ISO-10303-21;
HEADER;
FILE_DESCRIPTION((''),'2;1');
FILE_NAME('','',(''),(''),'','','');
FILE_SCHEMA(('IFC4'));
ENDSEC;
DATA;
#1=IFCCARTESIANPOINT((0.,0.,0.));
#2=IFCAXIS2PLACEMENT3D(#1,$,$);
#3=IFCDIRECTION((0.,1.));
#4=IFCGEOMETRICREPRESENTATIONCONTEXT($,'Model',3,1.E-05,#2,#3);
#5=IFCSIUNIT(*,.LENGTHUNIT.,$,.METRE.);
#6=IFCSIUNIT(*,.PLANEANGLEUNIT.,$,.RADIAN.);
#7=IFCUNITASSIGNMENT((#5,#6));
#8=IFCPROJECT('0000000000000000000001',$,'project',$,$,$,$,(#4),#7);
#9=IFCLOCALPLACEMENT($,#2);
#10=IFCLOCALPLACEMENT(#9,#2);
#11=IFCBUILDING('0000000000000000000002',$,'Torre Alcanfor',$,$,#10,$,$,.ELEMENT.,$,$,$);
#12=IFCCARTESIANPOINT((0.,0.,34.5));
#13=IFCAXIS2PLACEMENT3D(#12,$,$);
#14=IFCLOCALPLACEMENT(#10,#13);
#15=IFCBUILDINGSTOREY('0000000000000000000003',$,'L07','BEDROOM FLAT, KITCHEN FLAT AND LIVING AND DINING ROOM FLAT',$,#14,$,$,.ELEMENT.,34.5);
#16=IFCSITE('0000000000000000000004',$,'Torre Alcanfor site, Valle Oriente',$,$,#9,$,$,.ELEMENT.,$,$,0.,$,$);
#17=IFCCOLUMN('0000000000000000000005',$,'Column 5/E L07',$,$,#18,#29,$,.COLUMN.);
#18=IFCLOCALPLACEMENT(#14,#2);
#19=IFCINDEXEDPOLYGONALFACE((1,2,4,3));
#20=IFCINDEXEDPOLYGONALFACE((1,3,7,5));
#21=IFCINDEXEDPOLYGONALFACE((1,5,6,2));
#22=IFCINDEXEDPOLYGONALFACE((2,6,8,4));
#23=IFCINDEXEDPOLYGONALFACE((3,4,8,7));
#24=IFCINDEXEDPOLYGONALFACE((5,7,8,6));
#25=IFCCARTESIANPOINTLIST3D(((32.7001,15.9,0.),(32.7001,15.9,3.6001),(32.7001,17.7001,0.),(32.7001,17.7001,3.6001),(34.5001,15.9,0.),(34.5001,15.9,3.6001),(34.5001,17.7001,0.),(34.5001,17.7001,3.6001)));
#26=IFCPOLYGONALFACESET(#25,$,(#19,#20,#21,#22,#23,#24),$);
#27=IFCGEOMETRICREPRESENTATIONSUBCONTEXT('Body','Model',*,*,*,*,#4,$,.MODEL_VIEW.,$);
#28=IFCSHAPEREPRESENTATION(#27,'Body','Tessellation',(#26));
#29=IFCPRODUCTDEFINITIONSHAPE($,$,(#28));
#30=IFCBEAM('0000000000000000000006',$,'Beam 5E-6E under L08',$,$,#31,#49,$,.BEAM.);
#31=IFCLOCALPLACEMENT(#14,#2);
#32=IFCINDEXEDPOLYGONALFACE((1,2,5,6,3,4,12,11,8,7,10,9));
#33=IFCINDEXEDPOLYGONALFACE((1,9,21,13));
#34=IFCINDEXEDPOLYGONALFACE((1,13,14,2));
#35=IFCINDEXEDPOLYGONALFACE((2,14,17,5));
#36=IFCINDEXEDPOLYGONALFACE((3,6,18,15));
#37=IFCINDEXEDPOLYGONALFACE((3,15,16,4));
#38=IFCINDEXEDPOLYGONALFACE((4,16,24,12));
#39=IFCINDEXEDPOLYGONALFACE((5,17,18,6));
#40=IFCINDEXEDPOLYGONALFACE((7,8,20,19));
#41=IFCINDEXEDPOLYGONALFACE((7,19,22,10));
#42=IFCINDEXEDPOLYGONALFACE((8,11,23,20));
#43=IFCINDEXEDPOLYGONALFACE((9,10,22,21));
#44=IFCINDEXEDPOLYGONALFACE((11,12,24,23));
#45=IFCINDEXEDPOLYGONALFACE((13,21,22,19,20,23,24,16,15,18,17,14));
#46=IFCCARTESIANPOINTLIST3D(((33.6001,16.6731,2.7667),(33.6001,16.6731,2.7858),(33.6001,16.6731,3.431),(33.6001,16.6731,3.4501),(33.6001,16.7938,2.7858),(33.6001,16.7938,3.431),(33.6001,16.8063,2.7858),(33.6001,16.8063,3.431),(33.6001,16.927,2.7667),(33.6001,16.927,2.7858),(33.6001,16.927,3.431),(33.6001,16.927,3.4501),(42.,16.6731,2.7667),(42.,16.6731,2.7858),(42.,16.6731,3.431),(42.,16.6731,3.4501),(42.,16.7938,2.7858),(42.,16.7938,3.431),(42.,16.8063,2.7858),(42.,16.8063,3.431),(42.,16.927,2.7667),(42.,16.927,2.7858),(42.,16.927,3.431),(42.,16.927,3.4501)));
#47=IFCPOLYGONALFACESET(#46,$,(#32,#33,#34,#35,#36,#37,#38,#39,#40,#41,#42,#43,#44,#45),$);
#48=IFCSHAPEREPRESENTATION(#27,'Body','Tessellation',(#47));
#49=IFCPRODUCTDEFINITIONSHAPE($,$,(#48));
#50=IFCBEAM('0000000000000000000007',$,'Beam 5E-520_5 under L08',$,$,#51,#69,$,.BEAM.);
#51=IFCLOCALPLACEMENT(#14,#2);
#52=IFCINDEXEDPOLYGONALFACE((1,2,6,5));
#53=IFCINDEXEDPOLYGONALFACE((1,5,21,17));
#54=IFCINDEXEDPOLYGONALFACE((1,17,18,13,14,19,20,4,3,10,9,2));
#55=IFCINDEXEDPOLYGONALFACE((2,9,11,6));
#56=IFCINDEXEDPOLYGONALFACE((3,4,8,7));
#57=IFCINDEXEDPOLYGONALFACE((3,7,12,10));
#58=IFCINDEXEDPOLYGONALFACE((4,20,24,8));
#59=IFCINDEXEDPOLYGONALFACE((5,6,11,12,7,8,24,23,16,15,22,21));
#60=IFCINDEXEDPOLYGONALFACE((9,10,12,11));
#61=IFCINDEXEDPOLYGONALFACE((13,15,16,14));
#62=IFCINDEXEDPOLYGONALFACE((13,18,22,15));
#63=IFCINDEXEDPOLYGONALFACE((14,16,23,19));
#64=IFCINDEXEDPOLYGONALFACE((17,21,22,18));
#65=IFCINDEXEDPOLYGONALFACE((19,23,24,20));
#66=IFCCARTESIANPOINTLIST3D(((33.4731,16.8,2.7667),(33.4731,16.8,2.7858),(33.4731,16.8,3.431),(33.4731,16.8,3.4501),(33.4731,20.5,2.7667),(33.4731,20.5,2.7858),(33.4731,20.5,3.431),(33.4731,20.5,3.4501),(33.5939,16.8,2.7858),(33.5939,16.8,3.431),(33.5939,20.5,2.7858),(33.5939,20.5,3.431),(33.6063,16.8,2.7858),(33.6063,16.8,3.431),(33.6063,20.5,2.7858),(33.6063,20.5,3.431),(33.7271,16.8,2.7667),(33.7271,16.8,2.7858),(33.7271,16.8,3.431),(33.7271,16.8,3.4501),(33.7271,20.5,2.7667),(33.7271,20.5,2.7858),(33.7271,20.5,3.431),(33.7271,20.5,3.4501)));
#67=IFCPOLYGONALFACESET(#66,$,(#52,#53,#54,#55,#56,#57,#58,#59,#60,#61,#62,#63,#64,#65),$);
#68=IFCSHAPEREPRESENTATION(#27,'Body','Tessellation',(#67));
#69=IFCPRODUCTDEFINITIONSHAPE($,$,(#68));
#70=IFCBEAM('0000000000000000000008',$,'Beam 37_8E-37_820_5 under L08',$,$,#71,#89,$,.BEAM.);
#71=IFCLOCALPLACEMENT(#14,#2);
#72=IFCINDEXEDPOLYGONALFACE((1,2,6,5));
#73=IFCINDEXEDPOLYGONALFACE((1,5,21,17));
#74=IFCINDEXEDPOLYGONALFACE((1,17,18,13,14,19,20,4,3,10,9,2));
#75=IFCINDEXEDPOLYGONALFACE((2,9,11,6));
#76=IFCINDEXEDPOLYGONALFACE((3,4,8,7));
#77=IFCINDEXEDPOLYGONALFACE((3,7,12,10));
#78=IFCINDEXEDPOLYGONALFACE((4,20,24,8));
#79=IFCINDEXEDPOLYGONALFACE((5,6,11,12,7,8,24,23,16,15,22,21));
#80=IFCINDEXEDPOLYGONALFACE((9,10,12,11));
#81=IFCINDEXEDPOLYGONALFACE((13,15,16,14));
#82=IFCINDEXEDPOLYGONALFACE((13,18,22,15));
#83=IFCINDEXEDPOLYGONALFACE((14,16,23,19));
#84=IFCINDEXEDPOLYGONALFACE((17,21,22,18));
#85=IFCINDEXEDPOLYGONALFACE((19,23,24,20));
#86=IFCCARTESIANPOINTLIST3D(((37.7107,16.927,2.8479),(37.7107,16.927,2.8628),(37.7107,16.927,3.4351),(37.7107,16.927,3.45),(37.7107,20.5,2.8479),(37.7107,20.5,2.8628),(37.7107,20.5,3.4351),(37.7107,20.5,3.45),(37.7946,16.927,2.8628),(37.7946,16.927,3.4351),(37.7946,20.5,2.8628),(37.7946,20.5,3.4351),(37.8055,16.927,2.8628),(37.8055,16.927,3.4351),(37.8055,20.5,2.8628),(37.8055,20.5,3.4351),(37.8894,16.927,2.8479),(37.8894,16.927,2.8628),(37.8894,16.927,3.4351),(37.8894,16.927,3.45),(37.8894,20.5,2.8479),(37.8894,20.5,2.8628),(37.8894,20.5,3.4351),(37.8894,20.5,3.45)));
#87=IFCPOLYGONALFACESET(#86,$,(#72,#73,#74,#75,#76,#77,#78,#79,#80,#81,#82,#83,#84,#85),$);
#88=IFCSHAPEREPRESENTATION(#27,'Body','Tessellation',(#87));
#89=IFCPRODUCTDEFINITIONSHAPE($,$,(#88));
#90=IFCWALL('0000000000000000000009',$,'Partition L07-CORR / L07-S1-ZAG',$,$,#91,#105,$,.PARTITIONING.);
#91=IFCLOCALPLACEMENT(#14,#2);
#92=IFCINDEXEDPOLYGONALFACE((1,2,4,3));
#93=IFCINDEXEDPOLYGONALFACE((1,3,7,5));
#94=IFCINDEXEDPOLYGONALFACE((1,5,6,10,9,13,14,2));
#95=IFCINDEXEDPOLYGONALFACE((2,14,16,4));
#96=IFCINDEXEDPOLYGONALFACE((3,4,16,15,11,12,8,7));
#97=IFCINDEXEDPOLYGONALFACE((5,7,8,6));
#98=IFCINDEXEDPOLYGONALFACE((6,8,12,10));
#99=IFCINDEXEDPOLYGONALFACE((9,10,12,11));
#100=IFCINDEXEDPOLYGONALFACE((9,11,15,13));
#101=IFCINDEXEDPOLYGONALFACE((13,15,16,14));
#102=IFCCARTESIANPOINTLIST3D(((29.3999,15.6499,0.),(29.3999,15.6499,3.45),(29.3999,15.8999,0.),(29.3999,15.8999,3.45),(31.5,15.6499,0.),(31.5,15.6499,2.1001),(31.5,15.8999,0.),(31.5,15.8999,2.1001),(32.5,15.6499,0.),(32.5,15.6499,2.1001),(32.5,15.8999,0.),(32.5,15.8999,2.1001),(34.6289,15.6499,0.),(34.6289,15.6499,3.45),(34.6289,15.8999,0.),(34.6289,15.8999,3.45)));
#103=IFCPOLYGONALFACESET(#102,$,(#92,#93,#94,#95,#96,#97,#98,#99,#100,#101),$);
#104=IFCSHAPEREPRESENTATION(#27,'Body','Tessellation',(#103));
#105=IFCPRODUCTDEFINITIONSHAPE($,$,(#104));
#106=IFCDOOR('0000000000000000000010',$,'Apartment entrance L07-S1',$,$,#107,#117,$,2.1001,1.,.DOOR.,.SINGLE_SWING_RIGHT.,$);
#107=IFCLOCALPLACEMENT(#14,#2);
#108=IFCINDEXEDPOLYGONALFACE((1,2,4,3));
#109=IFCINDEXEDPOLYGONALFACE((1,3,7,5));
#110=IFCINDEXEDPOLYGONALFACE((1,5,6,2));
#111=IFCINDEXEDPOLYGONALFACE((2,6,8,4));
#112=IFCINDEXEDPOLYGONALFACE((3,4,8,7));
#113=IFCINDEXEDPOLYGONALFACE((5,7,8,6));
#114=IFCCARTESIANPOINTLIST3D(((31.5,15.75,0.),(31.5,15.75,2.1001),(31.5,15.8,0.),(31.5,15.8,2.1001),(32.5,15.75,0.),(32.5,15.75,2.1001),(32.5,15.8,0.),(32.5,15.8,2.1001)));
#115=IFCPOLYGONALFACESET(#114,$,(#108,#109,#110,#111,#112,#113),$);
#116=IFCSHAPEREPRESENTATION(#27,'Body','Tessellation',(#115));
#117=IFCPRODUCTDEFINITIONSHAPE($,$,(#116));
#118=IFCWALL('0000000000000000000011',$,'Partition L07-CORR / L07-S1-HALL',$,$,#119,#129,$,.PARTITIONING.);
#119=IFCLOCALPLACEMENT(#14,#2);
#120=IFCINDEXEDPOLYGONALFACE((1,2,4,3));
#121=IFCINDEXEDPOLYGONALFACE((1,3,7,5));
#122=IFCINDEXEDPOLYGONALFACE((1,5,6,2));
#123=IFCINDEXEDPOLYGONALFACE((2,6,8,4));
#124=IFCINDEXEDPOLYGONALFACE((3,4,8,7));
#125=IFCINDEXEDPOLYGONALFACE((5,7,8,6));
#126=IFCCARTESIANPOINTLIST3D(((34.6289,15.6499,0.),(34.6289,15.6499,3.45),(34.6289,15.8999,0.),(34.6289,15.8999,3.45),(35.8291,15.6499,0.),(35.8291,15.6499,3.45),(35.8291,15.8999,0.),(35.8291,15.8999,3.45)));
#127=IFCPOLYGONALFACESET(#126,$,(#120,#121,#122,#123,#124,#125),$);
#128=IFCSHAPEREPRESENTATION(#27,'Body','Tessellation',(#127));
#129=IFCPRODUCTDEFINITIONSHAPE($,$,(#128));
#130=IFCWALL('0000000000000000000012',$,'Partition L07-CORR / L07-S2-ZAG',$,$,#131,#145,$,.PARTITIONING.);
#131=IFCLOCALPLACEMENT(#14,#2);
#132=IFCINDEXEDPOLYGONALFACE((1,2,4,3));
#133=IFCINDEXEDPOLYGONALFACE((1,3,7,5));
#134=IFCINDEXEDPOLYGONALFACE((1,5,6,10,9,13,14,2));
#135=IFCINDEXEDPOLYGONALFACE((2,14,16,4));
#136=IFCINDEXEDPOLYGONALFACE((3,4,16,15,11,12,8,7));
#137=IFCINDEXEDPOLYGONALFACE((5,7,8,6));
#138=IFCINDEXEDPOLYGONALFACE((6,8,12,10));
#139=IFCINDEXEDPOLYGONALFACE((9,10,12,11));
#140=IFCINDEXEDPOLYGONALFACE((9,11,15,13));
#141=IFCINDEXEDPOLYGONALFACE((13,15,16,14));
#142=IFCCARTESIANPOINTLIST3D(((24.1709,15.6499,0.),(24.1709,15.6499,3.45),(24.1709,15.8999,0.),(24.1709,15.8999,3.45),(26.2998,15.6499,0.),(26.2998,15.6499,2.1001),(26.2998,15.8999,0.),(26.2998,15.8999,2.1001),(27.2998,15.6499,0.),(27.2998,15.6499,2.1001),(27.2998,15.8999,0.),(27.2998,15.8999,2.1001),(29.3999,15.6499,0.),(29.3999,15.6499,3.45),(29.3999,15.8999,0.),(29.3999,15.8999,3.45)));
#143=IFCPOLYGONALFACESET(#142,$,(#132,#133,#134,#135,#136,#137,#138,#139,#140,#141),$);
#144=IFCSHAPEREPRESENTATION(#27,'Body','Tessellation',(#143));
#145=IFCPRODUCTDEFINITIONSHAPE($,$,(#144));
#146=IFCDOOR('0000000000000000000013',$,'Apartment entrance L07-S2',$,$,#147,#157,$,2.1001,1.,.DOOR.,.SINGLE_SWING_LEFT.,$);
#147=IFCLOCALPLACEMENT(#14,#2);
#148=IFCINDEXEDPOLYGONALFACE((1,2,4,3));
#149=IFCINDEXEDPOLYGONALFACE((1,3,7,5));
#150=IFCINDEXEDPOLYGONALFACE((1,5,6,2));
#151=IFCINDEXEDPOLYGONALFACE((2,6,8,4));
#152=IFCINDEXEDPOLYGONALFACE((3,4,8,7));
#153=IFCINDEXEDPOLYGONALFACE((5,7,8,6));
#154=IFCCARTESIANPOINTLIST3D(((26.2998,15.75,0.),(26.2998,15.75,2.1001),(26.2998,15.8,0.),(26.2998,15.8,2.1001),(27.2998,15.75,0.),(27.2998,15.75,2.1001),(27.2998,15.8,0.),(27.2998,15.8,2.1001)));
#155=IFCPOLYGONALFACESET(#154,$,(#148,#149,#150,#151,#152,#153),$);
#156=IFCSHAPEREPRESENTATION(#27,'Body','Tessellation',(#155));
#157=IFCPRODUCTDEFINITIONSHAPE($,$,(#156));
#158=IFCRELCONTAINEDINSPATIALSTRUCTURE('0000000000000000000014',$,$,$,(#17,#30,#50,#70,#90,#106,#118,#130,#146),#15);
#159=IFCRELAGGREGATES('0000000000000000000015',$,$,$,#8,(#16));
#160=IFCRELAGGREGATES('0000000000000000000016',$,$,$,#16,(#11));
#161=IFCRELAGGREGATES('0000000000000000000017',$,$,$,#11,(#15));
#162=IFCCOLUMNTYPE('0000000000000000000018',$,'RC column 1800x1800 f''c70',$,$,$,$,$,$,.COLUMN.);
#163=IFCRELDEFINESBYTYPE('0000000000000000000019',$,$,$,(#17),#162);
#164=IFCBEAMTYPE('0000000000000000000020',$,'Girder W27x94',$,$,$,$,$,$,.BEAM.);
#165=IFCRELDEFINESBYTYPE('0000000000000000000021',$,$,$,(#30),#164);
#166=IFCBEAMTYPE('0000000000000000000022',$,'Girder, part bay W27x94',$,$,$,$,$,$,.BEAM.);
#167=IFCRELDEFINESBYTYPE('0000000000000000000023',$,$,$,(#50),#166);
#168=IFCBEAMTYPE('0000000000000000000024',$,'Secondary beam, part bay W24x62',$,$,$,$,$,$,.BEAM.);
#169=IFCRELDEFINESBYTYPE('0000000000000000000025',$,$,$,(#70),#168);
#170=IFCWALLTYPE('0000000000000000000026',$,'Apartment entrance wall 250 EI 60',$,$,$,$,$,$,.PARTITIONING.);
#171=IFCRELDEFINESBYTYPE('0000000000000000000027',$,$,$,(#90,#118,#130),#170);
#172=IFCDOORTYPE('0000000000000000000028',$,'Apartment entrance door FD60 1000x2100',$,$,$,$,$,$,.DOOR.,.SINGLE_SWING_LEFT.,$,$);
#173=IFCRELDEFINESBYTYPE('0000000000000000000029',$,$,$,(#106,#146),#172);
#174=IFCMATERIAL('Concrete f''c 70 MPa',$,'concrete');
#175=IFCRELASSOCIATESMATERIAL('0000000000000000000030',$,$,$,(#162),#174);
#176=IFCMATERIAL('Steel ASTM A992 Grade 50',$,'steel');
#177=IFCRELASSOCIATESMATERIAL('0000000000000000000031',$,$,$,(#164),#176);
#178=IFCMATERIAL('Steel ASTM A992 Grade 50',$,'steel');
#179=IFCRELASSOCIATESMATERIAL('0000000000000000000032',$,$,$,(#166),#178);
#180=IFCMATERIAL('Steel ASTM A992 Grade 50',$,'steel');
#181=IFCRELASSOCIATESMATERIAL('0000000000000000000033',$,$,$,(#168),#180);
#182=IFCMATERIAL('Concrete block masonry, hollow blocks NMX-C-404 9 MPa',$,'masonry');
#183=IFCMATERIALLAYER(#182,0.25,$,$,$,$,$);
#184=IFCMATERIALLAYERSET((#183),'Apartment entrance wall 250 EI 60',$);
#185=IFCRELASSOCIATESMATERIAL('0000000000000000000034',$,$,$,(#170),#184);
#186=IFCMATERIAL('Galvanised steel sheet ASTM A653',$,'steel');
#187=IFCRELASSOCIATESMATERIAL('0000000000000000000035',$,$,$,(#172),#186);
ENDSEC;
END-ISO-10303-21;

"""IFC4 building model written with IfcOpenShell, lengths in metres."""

from ifc_helpers import new_model, si_unit, direction, frame, frame_2d, origin, origin_2d, place, context, subcontext, project, spatial, rectangle, i_section, extrude, material, layer, layer_set, material_profile, profile_set, type_object, element, fill, save


model = new_model("IFC4")

# Units and contexts
model_context = context("Model", 3, precision=1e-05, world=origin(), true_north=direction((0.0, 1.0)))
body_context = subcontext(model_context, "Body", "Model", "MODEL_VIEW")
ifc_project = project(units=[si_unit("LENGTHUNIT", "METRE"), si_unit("PLANEANGLEUNIT", "RADIAN")], contexts=[model_context])

# Site, building, storey
site_placement = place(None, origin())
site = spatial("IfcSite", under=ifc_project, at=site_placement, Name="Torre Alcanfor site, Valle Oriente", CompositionType="ELEMENT", RefElevation=0.0)
building_placement = place(site_placement, origin())
building = spatial("IfcBuilding", under=site, at=building_placement, Name="Torre Alcanfor", CompositionType="ELEMENT")
storey_placement = place(building_placement, frame((0.0, 0.0, 34.5)))
storey = spatial("IfcBuildingStorey", under=building, at=storey_placement, Name="L07", Description="BEDROOM FLAT, KITCHEN FLAT AND LIVING AND DINING ROOM FLAT", CompositionType="ELEMENT", Elevation=34.5)

# Column
ifc_material_1 = material(Name="Concrete f'c 70 MPa", Category="concrete")
ifc_material_profile_1 = material_profile(ifc_material_1, rectangle(XDim=1.8, YDim=1.8, at=origin_2d()), Name="1800x1800")
ifc_profile_set_1 = profile_set([ifc_material_profile_1], Name="Concrete f'c 70 MPa")
column_type = type_object("IfcColumnType", Name="RC column 1800x1800 f'c70", PredefinedType="COLUMN", material=ifc_profile_set_1)
column_placement = place(storey_placement, frame((33.6001, 16.8, 0.0), z_axis=(0.0, 0.0, 1.0), x_axis=(1.0, 0.0, 0.0)))
element("IfcColumn", 1, at=column_placement, inside=storey, type_object=column_type, Name="Column 5/E L07", PredefinedType="COLUMN", context=body_context, shape_type="SweptSolid", body=[
    extrude(rectangle(XDim=1.8, YDim=1.8, at=origin_2d()), origin(), (0.0, 0.0, 1.0), 3.6001),
])

# Beams
ifc_material_2 = material(Name="Steel ASTM A992 Grade 50", Category="steel")
ifc_material_profile_2 = material_profile(ifc_material_2, i_section(OverallWidth=0.2539, OverallDepth=0.6833, WebThickness=0.0125, FlangeThickness=0.019, at=origin_2d()), Name="W27x94")
ifc_profile_set_2 = profile_set([ifc_material_profile_2], Name="Steel ASTM A992 Grade 50")
beam_type_1 = type_object("IfcBeamType", Name="Girder W27x94", PredefinedType="BEAM", material=ifc_profile_set_2)
beam_1_placement = place(storey_placement, frame((33.6001, 16.8, 3.1084), z_axis=(1.0, 0.0, 0.0), x_axis=(0.0, 1.0, 0.0)))
element("IfcBeam", 2, at=beam_1_placement, inside=storey, type_object=beam_type_1, Name="Beam 5E-6E under L08", PredefinedType="BEAM", context=body_context, shape_type="SweptSolid", body=[
    extrude(i_section(OverallWidth=0.2539, OverallDepth=0.6833, WebThickness=0.0125, FlangeThickness=0.019, at=origin_2d()), origin(), (0.0, 0.0, 1.0), 8.3999),
])
ifc_material_3 = material(Name="Steel ASTM A992 Grade 50", Category="steel")
ifc_material_profile_3 = material_profile(ifc_material_3, i_section(OverallWidth=0.2539, OverallDepth=0.6833, WebThickness=0.0125, FlangeThickness=0.019, at=origin_2d()), Name="W27x94")
ifc_profile_set_3 = profile_set([ifc_material_profile_3], Name="Steel ASTM A992 Grade 50")
beam_type_2 = type_object("IfcBeamType", Name="Girder, part bay W27x94", PredefinedType="BEAM", material=ifc_profile_set_3)
beam_2_placement = place(storey_placement, frame((33.6001, 16.8, 3.1084), z_axis=(0.0, 1.0, 0.0), x_axis=(-1.0, 0.0, 0.0)))
element("IfcBeam", 3, at=beam_2_placement, inside=storey, type_object=beam_type_2, Name="Beam 5E-520_5 under L08", PredefinedType="BEAM", context=body_context, shape_type="SweptSolid", body=[
    extrude(i_section(OverallWidth=0.2539, OverallDepth=0.6833, WebThickness=0.0125, FlangeThickness=0.019, at=origin_2d()), origin(), (0.0, 0.0, 1.0), 3.7),
])
ifc_material_4 = material(Name="Steel ASTM A992 Grade 50", Category="steel")
ifc_material_profile_4 = material_profile(ifc_material_4, i_section(OverallWidth=0.1787, OverallDepth=0.6021, WebThickness=0.011, FlangeThickness=0.0149, at=origin_2d()), Name="W24x62")
ifc_profile_set_4 = profile_set([ifc_material_profile_4], Name="Steel ASTM A992 Grade 50")
beam_type_3 = type_object("IfcBeamType", Name="Secondary beam, part bay W24x62", PredefinedType="BEAM", material=ifc_profile_set_4)
beam_3_placement = place(storey_placement, frame((37.8, 16.927, 3.1489), z_axis=(0.0, 1.0, 0.0), x_axis=(-1.0, 0.0, 0.0)))
element("IfcBeam", 4, at=beam_3_placement, inside=storey, type_object=beam_type_3, Name="Beam 37_8E-37_820_5 under L08", PredefinedType="BEAM", context=body_context, shape_type="SweptSolid", body=[
    extrude(i_section(OverallWidth=0.1787, OverallDepth=0.6021, WebThickness=0.011, FlangeThickness=0.0149, at=origin_2d()), origin(), (0.0, 0.0, 1.0), 3.573),
])

# Wall, opening, door
ifc_material_5 = material(Name="Concrete block masonry, hollow blocks NMX-C-404 9 MPa", Category="masonry")
ifc_layer_1 = layer(ifc_material_5, 0.25)
ifc_layer_set_1 = layer_set([ifc_layer_1], Name="Apartment entrance wall 250 EI 60")
wall_type_1 = type_object("IfcWallType", Name="Apartment entrance wall 250 EI 60", PredefinedType="PARTITIONING", material=ifc_layer_set_1)
wall_1_placement = place(storey_placement, frame((34.6289, 15.7749, 0.0), z_axis=(0.0, 0.0, 1.0), x_axis=(-1.0, 0.0, 0.0)))
wall_1 = element("IfcWall", 5, at=wall_1_placement, inside=storey, type_object=wall_type_1, Name="Partition L07-CORR / L07-S1-ZAG", PredefinedType="PARTITIONING", context=body_context, shape_type="SweptSolid", body=[
    extrude(rectangle(XDim=5.229, YDim=0.25, at=frame_2d((2.6145, 0.0))), origin(), (0.0, 0.0, 1.0), 3.45),
])
opening_1_placement = place(wall_1_placement, frame((2.1289, 0.0, 0.0)))
opening_1 = element("IfcOpeningElement", 6, at=opening_1_placement, cuts=wall_1, PredefinedType="OPENING", context=body_context, shape_type="SweptSolid", body=[
    extrude(rectangle(XDim=1.0, YDim=2.1001, at=frame_2d((0.5, 1.05))), frame((0.0, 0.135, 0.0), z_axis=(0.0, -1.0, 0.0), x_axis=(1.0, 0.0, 0.0)), (0.0, 0.0, 1.0), 0.27),
])
ifc_material_6 = material(Name="Galvanised steel sheet ASTM A653", Category="steel")
door_type_1 = type_object("IfcDoorType", Name="Apartment entrance door FD60 1000x2100", OperationType="SINGLE_SWING_LEFT", PredefinedType="DOOR", material=ifc_material_6)
door_1_placement = place(opening_1_placement, origin())
door_1 = element("IfcDoor", 7, at=door_1_placement, inside=storey, type_object=door_type_1, Name="Apartment entrance L07-S1", OperationType="SINGLE_SWING_RIGHT", OverallHeight=2.1001, OverallWidth=1.0, PredefinedType="DOOR", context=body_context, shape_type="SweptSolid", body=[
    extrude(rectangle(XDim=1.0, YDim=2.1001, at=frame_2d((0.5, 1.05))), frame((0.0, 0.0249, 0.0), z_axis=(0.0, -1.0, 0.0), x_axis=(1.0, 0.0, 0.0)), (0.0, 0.0, 1.0), 0.05),
])
fill(opening_1, door_1)

# Wall
wall_2_placement = place(storey_placement, frame((35.8291, 15.7749, 0.0), z_axis=(0.0, 0.0, 1.0), x_axis=(-1.0, 0.0, 0.0)))
element("IfcWall", 8, at=wall_2_placement, inside=storey, type_object=wall_type_1, Name="Partition L07-CORR / L07-S1-HALL", PredefinedType="PARTITIONING", context=body_context, shape_type="SweptSolid", body=[
    extrude(rectangle(XDim=1.2002, YDim=0.25, at=frame_2d((0.6001, 0.0))), origin(), (0.0, 0.0, 1.0), 3.45),
])

# Wall, opening, door
wall_3_placement = place(storey_placement, frame((29.3999, 15.7749, 0.0), z_axis=(0.0, 0.0, 1.0), x_axis=(-1.0, 0.0, 0.0)))
wall_3 = element("IfcWall", 9, at=wall_3_placement, inside=storey, type_object=wall_type_1, Name="Partition L07-CORR / L07-S2-ZAG", PredefinedType="PARTITIONING", context=body_context, shape_type="SweptSolid", body=[
    extrude(rectangle(XDim=5.229, YDim=0.25, at=frame_2d((2.6145, 0.0))), origin(), (0.0, 0.0, 1.0), 3.45),
])
opening_2_placement = place(wall_3_placement, frame((2.1001, 0.0, 0.0)))
opening_2 = element("IfcOpeningElement", 10, at=opening_2_placement, cuts=wall_3, PredefinedType="OPENING", context=body_context, shape_type="SweptSolid", body=[
    extrude(rectangle(XDim=1.0, YDim=2.1001, at=frame_2d((0.5, 1.05))), frame((0.0, 0.135, 0.0), z_axis=(0.0, -1.0, 0.0), x_axis=(1.0, 0.0, 0.0)), (0.0, 0.0, 1.0), 0.27),
])
door_2_placement = place(opening_2_placement, origin())
door_2 = element("IfcDoor", 11, at=door_2_placement, inside=storey, type_object=door_type_1, Name="Apartment entrance L07-S2", OperationType="SINGLE_SWING_LEFT", OverallHeight=2.1001, OverallWidth=1.0, PredefinedType="DOOR", context=body_context, shape_type="SweptSolid", body=[
    extrude(rectangle(XDim=1.0, YDim=2.1001, at=frame_2d((0.5, 1.05))), frame((0.0, 0.0249, 0.0), z_axis=(0.0, -1.0, 0.0), x_axis=(1.0, 0.0, 0.0)), (0.0, 0.0, 1.0), 0.05),
])
fill(opening_2, door_2)

save(model, "model.ifc")
